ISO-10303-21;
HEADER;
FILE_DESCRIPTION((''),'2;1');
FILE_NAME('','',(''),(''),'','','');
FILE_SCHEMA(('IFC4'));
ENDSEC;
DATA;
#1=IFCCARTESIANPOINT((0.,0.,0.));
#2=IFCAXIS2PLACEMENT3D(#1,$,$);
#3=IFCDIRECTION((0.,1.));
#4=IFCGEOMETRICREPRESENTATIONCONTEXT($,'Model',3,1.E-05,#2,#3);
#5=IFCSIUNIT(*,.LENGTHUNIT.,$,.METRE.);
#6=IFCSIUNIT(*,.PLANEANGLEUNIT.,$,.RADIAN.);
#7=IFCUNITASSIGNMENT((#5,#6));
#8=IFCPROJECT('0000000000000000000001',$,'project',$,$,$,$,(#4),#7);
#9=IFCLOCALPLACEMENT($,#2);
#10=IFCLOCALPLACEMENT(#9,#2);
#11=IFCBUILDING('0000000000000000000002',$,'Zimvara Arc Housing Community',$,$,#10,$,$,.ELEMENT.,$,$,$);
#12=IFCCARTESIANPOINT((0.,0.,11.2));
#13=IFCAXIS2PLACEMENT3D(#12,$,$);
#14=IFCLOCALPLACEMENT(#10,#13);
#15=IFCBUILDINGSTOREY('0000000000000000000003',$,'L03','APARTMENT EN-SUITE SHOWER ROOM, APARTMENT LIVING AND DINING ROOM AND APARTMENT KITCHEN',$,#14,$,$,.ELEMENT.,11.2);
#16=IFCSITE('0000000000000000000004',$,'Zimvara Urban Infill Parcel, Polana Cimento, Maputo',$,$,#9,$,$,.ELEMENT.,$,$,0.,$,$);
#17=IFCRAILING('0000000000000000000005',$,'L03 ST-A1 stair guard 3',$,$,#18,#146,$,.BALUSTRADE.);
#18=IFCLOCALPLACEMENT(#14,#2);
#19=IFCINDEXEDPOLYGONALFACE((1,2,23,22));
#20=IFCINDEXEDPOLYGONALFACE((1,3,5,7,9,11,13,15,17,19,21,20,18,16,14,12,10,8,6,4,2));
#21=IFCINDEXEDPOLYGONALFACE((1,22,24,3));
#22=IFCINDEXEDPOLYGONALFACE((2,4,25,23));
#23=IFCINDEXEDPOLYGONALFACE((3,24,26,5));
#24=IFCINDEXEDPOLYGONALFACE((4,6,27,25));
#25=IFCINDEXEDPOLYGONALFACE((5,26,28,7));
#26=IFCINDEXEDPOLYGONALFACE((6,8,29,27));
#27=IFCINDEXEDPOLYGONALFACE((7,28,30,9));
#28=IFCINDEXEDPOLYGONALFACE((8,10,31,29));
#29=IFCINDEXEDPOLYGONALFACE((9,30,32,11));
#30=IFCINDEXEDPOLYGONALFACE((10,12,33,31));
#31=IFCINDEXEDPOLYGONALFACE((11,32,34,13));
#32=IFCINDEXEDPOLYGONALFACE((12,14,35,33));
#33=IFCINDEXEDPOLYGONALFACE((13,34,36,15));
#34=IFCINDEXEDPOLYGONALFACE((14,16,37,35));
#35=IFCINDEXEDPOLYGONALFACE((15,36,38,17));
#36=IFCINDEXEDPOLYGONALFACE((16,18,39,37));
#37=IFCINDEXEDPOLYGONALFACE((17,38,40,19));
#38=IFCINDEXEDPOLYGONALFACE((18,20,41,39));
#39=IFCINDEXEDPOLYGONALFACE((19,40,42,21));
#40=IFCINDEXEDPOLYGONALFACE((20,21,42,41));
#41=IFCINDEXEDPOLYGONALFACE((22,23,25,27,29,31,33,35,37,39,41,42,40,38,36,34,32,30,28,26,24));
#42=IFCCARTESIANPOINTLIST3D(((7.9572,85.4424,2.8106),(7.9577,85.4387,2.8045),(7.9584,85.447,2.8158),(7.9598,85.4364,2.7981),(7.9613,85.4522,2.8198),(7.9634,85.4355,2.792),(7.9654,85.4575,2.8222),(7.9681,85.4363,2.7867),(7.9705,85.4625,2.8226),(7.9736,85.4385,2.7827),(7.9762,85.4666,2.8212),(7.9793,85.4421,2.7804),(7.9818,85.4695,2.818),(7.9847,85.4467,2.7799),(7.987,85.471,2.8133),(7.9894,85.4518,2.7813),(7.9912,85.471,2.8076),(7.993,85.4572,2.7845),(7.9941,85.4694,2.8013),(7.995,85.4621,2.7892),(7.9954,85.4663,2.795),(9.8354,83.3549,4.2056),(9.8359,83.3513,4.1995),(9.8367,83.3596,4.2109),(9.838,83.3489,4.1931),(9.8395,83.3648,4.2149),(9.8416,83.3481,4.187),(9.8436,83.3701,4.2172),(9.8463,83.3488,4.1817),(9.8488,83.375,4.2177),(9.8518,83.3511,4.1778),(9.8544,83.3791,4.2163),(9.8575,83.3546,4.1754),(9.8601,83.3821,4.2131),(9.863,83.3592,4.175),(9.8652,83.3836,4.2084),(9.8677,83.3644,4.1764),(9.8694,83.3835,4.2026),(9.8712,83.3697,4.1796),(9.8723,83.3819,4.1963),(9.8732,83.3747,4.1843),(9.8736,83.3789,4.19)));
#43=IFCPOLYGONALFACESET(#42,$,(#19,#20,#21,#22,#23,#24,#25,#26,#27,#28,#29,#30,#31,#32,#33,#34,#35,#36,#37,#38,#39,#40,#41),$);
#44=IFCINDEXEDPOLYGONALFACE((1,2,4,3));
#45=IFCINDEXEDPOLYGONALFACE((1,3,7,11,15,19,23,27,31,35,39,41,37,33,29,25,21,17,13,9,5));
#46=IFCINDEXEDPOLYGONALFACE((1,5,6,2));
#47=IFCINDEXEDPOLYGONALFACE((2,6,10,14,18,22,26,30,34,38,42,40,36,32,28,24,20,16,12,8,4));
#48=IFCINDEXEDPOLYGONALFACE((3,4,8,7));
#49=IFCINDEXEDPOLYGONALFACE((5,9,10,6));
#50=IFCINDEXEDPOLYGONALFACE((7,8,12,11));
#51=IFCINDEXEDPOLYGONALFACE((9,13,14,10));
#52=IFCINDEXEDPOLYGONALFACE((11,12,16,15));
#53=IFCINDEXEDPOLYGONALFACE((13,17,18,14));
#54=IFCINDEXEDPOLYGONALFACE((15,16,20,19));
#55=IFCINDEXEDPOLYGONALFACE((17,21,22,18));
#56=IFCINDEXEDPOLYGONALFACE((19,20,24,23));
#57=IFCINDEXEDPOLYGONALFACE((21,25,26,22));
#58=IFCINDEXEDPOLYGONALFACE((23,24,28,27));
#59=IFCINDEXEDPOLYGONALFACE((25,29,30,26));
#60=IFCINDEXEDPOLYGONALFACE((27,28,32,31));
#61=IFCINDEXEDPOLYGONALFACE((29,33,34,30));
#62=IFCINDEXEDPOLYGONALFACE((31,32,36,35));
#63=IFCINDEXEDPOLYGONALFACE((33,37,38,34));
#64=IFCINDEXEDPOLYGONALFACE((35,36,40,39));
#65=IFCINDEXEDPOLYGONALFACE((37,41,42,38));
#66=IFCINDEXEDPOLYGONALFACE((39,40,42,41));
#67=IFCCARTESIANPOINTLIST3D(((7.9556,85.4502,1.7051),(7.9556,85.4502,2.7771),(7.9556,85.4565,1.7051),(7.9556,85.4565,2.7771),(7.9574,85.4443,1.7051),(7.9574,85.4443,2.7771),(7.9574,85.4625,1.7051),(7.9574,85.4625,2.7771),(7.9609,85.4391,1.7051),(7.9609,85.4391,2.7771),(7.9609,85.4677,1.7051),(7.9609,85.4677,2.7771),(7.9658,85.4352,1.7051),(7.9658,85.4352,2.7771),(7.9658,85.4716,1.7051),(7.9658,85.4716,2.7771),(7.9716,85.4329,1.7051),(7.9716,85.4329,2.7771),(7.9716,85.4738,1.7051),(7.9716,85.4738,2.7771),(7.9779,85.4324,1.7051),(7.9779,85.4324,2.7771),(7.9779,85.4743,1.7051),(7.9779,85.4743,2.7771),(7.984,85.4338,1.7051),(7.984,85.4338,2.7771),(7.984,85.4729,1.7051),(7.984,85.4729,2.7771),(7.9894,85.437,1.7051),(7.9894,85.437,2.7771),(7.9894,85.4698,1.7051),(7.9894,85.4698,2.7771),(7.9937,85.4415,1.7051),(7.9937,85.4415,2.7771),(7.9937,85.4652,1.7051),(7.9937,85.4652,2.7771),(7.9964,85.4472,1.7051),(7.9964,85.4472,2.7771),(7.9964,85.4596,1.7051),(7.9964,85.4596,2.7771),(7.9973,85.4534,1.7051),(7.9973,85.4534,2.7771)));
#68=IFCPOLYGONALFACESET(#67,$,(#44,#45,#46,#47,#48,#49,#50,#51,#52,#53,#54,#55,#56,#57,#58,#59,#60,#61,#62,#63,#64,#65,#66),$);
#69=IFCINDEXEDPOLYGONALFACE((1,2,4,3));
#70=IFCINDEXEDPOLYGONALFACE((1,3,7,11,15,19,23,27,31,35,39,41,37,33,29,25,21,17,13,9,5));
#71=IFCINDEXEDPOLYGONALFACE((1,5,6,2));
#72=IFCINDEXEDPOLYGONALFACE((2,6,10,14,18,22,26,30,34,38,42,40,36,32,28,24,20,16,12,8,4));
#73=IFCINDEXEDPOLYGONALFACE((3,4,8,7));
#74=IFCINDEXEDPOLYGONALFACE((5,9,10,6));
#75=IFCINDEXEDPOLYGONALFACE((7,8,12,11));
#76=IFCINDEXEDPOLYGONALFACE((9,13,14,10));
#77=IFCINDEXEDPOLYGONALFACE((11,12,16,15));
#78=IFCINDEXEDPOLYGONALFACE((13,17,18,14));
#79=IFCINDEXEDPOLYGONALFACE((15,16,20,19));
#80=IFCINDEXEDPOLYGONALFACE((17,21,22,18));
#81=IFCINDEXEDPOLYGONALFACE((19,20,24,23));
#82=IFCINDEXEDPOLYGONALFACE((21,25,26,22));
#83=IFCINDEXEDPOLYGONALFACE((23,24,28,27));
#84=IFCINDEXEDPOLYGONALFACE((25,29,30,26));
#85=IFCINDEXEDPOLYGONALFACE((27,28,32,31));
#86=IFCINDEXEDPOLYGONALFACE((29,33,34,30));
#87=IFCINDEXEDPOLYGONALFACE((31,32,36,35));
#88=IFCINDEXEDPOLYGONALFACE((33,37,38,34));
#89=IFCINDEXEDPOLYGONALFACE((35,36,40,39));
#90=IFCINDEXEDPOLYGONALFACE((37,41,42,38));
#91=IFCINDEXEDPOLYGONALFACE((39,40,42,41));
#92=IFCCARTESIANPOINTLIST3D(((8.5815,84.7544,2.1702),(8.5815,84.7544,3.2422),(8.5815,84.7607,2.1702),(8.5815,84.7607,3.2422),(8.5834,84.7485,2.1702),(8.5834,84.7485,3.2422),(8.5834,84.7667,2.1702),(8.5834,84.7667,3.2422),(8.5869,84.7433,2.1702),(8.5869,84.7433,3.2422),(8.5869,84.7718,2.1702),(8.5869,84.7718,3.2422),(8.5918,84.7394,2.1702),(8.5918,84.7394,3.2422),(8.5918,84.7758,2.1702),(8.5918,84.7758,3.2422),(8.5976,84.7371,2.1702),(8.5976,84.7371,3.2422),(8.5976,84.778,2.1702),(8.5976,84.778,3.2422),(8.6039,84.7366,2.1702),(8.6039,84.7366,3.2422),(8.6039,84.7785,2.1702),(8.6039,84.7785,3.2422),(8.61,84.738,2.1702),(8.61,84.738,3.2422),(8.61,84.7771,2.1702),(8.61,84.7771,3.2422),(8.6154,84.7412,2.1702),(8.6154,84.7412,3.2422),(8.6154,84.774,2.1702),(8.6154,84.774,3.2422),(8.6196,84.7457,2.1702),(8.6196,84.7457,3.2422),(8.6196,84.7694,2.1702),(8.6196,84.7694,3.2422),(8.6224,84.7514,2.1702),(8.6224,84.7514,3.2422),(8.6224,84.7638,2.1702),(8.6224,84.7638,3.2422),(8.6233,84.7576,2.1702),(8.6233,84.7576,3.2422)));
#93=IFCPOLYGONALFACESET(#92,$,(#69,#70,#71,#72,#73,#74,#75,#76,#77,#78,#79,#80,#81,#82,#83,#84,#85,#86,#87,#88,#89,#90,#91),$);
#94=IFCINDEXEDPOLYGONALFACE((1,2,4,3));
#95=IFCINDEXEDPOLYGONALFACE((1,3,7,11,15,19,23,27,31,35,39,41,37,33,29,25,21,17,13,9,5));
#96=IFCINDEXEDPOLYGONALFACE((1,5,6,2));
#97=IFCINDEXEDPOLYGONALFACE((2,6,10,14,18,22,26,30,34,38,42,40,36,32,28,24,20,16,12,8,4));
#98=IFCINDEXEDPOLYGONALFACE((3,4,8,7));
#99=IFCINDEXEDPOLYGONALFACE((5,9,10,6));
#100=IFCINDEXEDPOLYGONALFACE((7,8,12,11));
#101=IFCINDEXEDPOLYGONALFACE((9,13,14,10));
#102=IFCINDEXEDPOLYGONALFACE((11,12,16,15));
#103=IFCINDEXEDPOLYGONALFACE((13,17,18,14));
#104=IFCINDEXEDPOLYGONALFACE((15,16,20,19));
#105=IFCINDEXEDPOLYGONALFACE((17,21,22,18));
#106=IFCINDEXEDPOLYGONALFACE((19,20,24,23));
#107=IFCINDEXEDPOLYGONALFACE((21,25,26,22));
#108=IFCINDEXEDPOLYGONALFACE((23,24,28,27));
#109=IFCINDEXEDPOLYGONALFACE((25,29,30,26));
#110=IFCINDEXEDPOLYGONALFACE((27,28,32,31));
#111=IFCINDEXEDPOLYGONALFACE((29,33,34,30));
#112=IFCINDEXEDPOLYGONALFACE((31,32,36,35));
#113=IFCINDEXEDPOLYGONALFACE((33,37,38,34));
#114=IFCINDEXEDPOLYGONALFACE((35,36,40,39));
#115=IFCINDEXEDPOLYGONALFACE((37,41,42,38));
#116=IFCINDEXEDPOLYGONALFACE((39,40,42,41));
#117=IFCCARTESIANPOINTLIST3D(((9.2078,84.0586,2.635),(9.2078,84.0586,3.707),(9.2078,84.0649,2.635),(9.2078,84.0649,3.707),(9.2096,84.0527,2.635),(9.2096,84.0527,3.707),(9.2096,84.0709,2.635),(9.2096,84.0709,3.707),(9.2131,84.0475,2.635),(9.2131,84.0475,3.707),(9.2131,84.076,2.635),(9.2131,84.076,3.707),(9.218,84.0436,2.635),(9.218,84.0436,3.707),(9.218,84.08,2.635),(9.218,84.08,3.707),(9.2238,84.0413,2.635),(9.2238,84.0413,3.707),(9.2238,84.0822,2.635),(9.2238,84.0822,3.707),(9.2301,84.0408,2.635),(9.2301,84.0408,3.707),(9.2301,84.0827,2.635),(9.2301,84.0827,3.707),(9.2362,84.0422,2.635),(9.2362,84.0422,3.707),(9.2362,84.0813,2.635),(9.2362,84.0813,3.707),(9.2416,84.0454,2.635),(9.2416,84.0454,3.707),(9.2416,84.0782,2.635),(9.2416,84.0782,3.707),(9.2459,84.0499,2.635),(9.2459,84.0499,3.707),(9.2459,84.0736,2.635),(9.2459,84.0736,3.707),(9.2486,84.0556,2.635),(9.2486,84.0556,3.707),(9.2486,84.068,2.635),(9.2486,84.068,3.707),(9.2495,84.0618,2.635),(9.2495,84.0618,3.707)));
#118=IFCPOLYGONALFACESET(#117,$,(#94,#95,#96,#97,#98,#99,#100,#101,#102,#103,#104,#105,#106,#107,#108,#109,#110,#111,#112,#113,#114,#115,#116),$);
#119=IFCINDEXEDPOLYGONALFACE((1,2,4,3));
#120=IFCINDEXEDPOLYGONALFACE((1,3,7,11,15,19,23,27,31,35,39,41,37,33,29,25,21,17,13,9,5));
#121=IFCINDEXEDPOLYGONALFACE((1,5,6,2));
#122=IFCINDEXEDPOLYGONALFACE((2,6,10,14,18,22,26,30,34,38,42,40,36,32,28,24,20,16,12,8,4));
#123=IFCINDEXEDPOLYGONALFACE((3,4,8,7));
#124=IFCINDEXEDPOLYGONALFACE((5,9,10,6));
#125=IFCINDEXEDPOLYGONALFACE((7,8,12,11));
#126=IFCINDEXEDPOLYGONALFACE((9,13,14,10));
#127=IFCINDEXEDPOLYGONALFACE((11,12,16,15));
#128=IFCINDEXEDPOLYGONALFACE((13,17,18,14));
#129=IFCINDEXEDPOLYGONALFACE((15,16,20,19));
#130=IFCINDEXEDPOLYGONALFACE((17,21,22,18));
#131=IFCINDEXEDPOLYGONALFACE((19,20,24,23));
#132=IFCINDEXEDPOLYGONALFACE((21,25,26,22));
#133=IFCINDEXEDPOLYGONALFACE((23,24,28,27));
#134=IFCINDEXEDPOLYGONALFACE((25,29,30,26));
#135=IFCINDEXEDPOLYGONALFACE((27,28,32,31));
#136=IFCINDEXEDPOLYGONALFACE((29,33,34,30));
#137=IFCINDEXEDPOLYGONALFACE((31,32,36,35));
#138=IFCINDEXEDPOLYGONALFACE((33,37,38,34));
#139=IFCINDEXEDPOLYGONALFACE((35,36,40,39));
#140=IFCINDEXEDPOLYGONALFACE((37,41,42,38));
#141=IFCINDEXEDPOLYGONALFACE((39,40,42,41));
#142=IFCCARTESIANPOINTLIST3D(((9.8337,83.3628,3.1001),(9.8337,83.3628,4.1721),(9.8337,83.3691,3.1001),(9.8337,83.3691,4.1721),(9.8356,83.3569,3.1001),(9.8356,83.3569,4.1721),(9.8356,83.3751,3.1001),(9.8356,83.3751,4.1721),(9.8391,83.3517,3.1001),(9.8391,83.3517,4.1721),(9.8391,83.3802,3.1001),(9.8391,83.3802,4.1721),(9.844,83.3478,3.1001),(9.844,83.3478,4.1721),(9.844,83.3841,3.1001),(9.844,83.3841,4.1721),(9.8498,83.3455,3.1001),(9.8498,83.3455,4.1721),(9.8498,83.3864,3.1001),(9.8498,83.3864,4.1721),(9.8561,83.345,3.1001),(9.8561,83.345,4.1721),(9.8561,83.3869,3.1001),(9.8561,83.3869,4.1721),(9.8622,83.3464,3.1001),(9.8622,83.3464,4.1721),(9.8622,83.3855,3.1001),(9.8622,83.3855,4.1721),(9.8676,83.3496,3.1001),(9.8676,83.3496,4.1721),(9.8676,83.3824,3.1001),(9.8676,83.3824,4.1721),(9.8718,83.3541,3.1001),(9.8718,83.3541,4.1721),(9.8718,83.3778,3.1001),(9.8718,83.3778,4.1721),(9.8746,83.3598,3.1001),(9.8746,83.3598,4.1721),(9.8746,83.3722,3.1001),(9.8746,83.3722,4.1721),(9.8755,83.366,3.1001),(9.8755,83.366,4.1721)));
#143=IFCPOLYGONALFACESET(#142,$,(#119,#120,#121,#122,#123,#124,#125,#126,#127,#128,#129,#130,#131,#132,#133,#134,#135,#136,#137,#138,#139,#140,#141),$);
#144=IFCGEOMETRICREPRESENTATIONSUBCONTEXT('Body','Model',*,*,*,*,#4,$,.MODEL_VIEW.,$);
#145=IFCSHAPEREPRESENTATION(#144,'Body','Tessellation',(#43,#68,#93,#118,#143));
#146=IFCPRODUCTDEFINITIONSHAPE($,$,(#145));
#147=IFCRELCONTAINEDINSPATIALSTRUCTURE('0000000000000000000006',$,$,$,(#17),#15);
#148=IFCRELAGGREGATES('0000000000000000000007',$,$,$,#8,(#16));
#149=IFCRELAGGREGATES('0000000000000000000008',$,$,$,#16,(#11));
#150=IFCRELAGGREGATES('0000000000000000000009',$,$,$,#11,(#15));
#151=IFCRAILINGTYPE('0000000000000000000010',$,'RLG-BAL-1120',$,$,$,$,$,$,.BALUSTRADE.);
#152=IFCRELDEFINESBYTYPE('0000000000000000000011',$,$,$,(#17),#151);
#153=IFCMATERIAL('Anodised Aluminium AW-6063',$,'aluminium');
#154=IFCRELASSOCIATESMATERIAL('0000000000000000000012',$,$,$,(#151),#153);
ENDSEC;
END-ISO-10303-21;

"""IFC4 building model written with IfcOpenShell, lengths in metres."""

from ifc_helpers import new_model, si_unit, direction, frame, origin, origin_2d, place, context, subcontext, project, spatial, circle, extrude, material, type_object, element, save


model = new_model("IFC4")

# Units and contexts
model_context = context("Model", 3, precision=1e-05, world=origin(), true_north=direction((0.0, 1.0)))
body_context = subcontext(model_context, "Body", "Model", "MODEL_VIEW")
ifc_project = project(units=[si_unit("LENGTHUNIT", "METRE"), si_unit("PLANEANGLEUNIT", "RADIAN")], contexts=[model_context])

# Site, building, storey
site_placement = place(None, origin())
site = spatial("IfcSite", under=ifc_project, at=site_placement, Name="Zimvara Urban Infill Parcel, Polana Cimento, Maputo", CompositionType="ELEMENT", RefElevation=0.0)
building_placement = place(site_placement, origin())
building = spatial("IfcBuilding", under=site, at=building_placement, Name="Zimvara Arc Housing Community", CompositionType="ELEMENT")
storey_placement = place(building_placement, frame((0.0, 0.0, 11.2)))
storey = spatial("IfcBuildingStorey", under=building, at=storey_placement, Name="L03", Description="APARTMENT EN-SUITE SHOWER ROOM, APARTMENT LIVING AND DINING ROOM AND APARTMENT KITCHEN", CompositionType="ELEMENT", Elevation=11.2)

# Railing
ifc_material_1 = material(Name="Anodised Aluminium AW-6063", Category="aluminium")
railing_type_1 = type_object("IfcRailingType", Name="RLG-BAL-1120", PredefinedType="BALUSTRADE", material=ifc_material_1)
railing_1_placement = place(storey_placement, frame((7.9763, 85.4534, 1.7051)))
element("IfcRailing", 1, at=railing_1_placement, inside=storey, type_object=railing_type_1, Name="L03 ST-A1 stair guard 3", PredefinedType="BALUSTRADE", context=body_context, shape_type="SweptSolid", body=[
    extrude(circle(Radius=0.0239, at=origin_2d()), frame((0.0, 0.0, 1.0962), z_axis=(0.599018, -0.665749, 0.444923), x_axis=(0.743381, 0.668869, 0.0)), (0.0, 0.0, 1.0), 3.1355),
    extrude(circle(Radius=0.021, at=origin_2d()), origin(), (0.0, 0.0, 1.0), 1.072),
    extrude(circle(Radius=0.021, at=origin_2d()), frame((0.626, -0.6958, 0.4651)), (0.0, 0.0, 1.0), 1.072),
    extrude(circle(Radius=0.021, at=origin_2d()), frame((1.2522, -1.3916, 0.9299)), (0.0, 0.0, 1.0), 1.072),
    extrude(circle(Radius=0.021, at=origin_2d()), frame((1.8782, -2.0874, 1.395)), (0.0, 0.0, 1.0), 1.072),
])

save(model, "model.ifc")
